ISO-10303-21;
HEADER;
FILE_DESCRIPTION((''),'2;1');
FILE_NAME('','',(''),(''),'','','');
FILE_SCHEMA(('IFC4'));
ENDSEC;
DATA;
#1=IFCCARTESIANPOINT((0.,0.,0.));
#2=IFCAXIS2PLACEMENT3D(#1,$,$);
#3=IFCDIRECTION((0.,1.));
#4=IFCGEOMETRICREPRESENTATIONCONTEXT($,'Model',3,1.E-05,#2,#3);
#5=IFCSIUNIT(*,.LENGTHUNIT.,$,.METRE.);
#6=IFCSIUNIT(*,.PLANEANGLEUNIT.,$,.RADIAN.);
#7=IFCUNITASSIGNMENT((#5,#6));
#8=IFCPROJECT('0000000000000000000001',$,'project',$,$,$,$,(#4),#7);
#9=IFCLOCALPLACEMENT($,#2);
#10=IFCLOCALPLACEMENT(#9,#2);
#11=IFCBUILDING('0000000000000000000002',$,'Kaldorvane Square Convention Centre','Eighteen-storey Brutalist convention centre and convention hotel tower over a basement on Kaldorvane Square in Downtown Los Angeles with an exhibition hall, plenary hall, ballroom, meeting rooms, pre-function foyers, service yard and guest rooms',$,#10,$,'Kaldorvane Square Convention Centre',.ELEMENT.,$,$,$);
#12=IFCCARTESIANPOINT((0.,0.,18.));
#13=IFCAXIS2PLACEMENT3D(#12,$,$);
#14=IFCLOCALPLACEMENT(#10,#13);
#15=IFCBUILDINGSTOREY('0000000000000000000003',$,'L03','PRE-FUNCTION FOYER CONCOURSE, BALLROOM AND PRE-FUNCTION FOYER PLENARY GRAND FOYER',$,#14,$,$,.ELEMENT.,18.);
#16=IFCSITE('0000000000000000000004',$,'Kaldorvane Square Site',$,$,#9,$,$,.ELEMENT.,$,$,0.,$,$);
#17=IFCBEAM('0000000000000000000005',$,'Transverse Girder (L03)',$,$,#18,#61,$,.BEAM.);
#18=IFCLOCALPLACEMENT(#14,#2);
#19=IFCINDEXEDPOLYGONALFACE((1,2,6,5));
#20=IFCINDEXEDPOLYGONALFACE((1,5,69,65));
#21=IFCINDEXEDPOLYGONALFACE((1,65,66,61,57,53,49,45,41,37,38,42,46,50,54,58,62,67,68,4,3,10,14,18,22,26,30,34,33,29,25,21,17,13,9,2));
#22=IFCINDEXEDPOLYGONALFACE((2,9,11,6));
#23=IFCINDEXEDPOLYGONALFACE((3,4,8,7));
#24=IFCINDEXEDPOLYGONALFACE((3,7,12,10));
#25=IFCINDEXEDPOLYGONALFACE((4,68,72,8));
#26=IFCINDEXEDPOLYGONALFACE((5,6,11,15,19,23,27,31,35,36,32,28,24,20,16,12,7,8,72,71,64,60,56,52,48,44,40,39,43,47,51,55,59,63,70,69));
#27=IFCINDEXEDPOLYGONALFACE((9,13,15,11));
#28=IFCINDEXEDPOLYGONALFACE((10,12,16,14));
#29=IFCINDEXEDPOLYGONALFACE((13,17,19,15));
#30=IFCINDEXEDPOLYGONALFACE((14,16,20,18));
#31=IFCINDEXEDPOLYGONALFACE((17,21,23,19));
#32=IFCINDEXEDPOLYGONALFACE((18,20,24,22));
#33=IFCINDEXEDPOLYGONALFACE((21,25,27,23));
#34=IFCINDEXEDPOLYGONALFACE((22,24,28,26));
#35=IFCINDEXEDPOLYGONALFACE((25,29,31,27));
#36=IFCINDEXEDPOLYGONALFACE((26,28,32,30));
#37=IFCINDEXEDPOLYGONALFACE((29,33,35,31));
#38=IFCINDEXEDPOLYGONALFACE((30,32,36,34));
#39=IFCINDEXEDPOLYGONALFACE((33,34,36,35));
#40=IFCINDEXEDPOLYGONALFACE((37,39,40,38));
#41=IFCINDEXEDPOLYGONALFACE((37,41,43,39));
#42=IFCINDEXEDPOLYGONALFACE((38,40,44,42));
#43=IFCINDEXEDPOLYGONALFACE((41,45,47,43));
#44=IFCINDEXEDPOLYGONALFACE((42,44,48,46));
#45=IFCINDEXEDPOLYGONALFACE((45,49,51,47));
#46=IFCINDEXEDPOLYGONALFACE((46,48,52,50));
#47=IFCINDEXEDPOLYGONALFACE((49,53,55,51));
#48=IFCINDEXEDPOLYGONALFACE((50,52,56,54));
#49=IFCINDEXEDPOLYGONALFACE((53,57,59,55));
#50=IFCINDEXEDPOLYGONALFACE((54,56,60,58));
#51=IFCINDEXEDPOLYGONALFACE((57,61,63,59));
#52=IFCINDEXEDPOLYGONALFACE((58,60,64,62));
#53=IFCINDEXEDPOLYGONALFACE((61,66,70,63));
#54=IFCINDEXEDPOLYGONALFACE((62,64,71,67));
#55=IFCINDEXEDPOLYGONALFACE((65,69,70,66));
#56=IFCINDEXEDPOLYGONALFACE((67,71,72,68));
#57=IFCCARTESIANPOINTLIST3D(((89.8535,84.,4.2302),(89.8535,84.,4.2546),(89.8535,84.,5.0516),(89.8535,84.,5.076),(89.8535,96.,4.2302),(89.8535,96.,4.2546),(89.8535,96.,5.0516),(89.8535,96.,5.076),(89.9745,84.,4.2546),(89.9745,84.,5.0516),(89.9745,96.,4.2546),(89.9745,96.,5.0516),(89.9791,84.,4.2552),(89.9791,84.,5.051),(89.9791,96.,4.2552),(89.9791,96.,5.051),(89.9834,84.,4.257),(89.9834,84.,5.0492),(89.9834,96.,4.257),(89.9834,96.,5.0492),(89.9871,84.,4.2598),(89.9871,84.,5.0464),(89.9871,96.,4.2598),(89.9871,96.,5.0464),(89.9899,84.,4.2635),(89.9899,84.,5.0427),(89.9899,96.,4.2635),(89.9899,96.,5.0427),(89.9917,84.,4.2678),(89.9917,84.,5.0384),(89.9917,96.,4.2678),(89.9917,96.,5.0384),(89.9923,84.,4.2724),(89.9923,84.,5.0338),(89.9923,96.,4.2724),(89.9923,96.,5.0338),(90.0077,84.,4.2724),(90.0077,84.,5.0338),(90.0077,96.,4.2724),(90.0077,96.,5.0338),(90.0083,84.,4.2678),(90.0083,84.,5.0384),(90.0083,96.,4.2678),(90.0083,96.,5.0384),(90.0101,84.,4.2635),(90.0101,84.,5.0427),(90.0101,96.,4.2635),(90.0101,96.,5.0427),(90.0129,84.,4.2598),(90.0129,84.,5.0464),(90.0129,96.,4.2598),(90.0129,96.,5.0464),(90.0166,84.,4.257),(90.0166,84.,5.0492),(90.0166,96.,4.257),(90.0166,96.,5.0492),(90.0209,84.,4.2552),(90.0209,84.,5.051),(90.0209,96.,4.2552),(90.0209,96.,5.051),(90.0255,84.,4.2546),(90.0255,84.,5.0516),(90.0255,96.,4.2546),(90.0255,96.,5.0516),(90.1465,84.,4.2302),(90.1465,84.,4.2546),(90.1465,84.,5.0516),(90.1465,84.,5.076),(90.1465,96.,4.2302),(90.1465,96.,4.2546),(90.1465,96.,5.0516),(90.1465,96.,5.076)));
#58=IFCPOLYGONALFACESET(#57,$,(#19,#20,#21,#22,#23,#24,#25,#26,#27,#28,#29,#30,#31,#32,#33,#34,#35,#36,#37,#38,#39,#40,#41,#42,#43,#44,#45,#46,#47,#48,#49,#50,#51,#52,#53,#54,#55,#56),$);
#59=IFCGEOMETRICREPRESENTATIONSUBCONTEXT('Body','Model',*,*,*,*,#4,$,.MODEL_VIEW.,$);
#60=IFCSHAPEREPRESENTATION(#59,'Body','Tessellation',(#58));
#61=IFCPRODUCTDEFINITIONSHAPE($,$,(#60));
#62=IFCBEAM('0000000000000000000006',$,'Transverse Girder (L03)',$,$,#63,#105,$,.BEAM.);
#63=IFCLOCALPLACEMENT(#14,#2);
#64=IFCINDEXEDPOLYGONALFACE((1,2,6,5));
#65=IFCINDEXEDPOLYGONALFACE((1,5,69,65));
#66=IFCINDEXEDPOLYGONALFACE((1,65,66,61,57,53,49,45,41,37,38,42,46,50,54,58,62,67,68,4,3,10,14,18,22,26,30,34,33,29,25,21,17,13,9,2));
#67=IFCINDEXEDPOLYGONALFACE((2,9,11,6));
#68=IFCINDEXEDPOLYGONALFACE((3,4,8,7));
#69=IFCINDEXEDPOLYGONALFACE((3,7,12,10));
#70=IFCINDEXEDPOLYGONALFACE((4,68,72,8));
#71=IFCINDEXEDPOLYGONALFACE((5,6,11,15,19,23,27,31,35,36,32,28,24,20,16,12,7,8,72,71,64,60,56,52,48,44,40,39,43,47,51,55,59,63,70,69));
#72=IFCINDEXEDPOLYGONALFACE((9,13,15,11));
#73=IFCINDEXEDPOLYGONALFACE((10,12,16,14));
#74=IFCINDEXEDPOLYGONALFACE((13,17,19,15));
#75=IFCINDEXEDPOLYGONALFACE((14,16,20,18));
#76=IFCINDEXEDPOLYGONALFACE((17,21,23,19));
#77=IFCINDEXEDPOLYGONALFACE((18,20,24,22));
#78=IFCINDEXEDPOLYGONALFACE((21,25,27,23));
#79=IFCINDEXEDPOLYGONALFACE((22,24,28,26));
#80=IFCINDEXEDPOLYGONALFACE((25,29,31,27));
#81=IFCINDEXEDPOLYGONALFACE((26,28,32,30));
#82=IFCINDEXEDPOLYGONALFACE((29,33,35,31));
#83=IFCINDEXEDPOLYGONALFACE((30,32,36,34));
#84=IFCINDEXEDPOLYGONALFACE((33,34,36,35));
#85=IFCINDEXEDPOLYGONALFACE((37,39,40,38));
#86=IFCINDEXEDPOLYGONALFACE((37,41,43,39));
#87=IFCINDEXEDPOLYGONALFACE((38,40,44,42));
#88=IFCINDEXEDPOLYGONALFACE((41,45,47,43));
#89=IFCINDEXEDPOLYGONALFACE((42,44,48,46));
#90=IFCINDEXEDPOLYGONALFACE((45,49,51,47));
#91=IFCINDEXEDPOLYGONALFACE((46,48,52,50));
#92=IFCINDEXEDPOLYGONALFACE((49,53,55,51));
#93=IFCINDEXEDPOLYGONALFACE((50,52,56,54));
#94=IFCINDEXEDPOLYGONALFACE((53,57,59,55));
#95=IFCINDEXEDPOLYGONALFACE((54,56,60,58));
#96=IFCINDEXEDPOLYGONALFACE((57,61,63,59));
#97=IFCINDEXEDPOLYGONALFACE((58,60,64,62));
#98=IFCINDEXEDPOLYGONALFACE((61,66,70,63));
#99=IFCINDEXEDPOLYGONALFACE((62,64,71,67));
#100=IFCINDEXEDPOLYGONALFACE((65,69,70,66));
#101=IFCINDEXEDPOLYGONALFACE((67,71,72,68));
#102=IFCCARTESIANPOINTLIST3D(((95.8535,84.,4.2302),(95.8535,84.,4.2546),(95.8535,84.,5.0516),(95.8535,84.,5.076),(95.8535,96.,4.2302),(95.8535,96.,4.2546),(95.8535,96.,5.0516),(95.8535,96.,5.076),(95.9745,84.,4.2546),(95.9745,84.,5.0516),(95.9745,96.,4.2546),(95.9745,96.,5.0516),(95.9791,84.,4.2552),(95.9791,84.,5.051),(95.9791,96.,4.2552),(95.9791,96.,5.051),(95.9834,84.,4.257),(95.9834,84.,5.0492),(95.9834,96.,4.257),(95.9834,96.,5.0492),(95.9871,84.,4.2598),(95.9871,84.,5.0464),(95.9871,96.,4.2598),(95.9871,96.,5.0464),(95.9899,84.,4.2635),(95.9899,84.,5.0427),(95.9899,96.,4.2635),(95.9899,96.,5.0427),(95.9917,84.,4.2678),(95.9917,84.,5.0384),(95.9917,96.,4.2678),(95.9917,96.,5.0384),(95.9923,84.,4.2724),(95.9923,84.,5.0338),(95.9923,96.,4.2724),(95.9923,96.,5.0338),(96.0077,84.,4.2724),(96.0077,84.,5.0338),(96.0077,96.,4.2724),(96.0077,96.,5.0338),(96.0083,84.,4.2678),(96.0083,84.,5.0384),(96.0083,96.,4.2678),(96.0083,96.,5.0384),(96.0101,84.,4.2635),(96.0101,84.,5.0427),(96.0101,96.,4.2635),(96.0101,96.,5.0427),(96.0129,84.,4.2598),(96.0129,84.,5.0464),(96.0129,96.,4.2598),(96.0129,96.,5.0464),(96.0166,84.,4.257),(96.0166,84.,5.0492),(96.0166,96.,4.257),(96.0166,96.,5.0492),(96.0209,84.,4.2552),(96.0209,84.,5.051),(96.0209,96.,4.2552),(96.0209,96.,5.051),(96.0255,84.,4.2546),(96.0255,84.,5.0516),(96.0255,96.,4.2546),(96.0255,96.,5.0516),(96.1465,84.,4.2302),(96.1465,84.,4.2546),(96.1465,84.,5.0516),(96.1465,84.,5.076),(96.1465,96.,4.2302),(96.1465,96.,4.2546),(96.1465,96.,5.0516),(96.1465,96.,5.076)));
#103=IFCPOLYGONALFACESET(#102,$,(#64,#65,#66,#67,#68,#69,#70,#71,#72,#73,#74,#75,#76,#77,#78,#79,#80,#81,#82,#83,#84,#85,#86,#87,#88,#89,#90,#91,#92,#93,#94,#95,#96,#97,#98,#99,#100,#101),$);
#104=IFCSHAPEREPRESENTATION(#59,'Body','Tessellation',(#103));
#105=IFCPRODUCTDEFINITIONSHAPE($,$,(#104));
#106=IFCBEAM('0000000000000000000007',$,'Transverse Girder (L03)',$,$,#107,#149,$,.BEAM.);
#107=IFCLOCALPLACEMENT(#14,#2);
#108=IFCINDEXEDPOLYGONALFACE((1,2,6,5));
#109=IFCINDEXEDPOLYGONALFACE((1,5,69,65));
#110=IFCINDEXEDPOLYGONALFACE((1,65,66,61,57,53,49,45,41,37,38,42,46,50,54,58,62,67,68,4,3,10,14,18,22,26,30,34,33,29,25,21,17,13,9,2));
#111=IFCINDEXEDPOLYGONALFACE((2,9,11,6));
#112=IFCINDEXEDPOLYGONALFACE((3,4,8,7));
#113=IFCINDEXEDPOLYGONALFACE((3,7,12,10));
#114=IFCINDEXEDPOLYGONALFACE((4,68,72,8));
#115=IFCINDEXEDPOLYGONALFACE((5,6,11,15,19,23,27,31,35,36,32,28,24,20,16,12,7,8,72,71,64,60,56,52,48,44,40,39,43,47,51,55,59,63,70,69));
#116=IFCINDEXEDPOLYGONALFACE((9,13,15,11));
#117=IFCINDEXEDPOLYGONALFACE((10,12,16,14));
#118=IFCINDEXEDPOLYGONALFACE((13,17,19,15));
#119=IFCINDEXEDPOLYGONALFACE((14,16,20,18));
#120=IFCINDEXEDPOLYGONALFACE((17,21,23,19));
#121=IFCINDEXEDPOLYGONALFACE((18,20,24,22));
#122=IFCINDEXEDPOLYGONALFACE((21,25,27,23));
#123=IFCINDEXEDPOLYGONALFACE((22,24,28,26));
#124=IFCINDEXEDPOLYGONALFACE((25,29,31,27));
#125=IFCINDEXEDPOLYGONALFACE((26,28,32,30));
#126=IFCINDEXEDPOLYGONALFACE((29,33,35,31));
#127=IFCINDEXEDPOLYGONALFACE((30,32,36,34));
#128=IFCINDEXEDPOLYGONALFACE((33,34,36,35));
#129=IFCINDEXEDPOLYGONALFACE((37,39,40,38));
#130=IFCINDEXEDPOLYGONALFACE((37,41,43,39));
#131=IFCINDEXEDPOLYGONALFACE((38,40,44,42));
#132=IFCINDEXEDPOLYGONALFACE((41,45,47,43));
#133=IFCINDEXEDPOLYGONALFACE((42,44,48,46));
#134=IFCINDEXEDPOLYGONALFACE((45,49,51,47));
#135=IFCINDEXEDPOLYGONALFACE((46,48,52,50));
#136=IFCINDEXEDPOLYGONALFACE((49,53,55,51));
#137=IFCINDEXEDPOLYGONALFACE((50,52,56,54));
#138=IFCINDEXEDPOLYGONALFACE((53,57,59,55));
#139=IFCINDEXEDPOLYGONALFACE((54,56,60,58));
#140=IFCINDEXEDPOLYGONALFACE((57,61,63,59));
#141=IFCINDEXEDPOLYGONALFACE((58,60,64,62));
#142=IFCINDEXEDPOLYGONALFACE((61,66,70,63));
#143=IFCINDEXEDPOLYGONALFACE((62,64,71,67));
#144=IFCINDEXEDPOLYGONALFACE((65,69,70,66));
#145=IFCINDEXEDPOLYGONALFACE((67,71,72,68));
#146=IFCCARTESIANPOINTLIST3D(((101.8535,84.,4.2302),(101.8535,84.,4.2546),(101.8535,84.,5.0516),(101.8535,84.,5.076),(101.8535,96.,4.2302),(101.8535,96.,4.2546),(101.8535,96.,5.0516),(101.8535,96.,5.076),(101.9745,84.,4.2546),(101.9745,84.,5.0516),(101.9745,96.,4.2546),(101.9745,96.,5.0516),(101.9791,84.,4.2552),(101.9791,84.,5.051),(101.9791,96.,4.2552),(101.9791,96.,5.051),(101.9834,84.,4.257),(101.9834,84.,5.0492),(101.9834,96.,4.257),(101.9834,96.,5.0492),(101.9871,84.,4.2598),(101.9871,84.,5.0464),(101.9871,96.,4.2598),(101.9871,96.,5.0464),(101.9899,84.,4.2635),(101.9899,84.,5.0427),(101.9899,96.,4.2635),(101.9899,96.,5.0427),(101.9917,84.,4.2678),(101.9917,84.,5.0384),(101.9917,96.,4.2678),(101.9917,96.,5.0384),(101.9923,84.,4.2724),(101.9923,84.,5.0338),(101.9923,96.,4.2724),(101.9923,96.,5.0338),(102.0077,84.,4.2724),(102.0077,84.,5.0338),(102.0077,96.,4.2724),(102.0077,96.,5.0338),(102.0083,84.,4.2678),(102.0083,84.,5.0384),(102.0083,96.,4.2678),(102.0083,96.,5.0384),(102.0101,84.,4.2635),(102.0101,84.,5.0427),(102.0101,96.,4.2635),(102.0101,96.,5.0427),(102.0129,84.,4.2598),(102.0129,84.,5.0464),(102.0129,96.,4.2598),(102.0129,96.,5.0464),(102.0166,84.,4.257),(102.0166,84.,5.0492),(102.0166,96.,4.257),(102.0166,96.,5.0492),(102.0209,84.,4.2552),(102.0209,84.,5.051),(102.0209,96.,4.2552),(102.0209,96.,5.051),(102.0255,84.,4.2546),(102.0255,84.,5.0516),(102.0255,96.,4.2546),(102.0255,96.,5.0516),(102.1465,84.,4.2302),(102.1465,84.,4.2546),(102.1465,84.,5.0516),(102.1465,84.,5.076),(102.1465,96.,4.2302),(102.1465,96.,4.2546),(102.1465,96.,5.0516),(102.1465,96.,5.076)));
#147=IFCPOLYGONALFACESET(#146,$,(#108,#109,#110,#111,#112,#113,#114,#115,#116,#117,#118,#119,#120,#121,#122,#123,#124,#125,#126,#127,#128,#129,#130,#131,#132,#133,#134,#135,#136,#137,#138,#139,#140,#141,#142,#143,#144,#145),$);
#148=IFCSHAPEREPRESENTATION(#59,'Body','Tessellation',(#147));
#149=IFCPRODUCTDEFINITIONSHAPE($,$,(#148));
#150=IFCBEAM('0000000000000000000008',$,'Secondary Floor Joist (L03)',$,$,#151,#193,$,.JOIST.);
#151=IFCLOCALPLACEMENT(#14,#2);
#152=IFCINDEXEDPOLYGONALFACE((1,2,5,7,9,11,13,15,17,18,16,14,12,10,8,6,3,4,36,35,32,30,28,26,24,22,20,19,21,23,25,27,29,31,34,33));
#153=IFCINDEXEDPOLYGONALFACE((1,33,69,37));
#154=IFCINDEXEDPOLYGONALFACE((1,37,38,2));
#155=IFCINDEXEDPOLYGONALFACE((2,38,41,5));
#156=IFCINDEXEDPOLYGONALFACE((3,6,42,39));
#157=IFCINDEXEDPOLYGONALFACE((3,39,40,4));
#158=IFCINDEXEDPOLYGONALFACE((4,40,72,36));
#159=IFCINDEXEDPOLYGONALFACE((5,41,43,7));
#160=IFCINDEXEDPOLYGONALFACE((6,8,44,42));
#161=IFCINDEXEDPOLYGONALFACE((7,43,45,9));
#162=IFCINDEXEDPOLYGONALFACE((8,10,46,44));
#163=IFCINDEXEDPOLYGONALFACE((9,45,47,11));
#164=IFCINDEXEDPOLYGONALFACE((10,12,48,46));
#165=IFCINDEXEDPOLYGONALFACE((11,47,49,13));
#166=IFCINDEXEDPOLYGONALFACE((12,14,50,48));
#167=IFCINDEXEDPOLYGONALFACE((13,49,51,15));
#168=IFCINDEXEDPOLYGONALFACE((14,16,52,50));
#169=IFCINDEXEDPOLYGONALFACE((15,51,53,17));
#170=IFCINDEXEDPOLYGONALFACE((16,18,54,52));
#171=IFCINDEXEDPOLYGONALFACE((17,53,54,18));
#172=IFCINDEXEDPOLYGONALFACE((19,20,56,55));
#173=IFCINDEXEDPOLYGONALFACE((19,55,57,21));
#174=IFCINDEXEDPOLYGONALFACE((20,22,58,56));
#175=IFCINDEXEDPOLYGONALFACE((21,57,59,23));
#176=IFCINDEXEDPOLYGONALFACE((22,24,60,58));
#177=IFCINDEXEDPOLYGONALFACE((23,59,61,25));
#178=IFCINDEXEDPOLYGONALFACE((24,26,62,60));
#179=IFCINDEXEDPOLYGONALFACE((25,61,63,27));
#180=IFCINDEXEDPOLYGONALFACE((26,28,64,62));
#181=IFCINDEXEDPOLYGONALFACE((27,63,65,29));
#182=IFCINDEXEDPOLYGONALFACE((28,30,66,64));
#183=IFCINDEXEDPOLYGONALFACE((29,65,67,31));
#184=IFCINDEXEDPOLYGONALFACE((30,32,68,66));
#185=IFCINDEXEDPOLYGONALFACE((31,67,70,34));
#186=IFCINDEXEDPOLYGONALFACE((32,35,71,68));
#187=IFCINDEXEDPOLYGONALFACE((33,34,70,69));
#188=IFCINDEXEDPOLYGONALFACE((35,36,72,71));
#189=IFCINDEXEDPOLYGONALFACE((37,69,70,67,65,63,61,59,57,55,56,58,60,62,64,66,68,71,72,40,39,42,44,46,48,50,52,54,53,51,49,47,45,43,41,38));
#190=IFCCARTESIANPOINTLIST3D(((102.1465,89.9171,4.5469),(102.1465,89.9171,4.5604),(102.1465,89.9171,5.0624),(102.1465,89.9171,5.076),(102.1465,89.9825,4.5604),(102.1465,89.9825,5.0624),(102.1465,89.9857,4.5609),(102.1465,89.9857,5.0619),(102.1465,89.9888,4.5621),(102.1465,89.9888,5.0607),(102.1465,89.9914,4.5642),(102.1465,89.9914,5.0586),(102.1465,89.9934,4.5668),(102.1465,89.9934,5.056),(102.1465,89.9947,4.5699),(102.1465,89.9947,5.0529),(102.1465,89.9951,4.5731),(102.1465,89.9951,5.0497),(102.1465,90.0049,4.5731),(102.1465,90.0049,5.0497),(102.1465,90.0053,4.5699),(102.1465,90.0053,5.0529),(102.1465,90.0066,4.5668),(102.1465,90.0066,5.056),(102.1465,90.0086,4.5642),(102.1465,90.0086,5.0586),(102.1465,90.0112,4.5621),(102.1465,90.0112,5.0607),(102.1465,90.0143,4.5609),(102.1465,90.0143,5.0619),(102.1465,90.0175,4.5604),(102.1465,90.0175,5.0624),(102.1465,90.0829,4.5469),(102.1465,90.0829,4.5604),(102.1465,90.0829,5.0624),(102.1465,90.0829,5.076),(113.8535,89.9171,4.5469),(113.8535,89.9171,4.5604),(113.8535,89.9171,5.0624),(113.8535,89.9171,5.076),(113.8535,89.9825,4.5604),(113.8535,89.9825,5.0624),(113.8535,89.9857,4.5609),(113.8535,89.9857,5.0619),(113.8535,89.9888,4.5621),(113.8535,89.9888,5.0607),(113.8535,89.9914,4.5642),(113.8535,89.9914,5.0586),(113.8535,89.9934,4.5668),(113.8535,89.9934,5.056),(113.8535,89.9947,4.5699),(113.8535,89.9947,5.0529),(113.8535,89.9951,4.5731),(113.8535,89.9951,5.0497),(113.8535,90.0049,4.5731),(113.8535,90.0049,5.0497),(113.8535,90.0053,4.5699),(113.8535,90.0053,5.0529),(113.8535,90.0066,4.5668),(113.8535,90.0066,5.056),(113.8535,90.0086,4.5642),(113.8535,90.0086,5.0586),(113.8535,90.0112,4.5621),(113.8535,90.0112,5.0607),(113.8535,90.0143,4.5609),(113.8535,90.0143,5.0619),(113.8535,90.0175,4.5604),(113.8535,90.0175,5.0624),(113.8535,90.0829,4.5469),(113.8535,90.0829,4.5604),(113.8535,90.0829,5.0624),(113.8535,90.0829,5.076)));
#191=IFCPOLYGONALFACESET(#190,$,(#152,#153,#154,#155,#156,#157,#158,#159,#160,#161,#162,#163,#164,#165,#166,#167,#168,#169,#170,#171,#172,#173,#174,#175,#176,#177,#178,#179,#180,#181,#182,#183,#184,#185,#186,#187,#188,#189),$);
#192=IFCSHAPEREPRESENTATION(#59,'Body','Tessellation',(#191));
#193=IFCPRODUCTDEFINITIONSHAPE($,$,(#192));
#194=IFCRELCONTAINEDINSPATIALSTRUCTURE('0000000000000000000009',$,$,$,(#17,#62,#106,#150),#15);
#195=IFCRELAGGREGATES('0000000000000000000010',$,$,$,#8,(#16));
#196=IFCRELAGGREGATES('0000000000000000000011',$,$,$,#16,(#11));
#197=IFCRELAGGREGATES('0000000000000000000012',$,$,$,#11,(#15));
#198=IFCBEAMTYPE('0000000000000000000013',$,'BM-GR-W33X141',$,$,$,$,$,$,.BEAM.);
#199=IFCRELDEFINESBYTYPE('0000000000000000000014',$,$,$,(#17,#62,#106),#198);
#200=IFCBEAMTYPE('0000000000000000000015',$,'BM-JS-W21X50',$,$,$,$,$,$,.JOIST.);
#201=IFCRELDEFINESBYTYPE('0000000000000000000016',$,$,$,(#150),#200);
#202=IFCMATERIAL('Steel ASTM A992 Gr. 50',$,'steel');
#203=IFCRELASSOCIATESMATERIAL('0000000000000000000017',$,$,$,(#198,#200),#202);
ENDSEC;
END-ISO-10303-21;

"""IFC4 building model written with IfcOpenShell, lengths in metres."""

from ifc_helpers import new_model, si_unit, direction, frame, origin, origin_2d, place, context, subcontext, project, spatial, i_section, extrude, material, material_profile, profile_set, type_object, element, save


model = new_model("IFC4")

# Units and contexts
model_context = context("Model", 3, precision=1e-05, world=origin(), true_north=direction((0.0, 1.0)))
body_context = subcontext(model_context, "Body", "Model", "MODEL_VIEW")
ifc_project = project(units=[si_unit("LENGTHUNIT", "METRE"), si_unit("PLANEANGLEUNIT", "RADIAN")], contexts=[model_context])

# Site, building, storey
site_placement = place(None, origin())
site = spatial("IfcSite", under=ifc_project, at=site_placement, Name="Kaldorvane Square Site", CompositionType="ELEMENT", RefElevation=0.0)
building_placement = place(site_placement, origin())
building = spatial("IfcBuilding", under=site, at=building_placement, Name="Kaldorvane Square Convention Centre", Description="Eighteen-storey Brutalist convention centre and convention hotel tower over a basement on Kaldorvane Square in Downtown Los Angeles with an exhibition hall, plenary hall, ballroom, meeting rooms, pre-function foyers, service yard and guest rooms", LongName="Kaldorvane Square Convention Centre", CompositionType="ELEMENT")
storey_placement = place(building_placement, frame((0.0, 0.0, 18.0)))
storey = spatial("IfcBuildingStorey", under=building, at=storey_placement, Name="L03", Description="PRE-FUNCTION FOYER CONCOURSE, BALLROOM AND PRE-FUNCTION FOYER PLENARY GRAND FOYER", CompositionType="ELEMENT", Elevation=18.0)

# Shared definitions
ifc_material_1 = material(Name="Steel ASTM A992 Gr. 50", Category="steel")

# Beams
ifc_material_profile_1 = material_profile(ifc_material_1, i_section(OverallWidth=0.293, OverallDepth=0.8458, WebThickness=0.0154, FlangeThickness=0.0244, FilletRadius=0.0178, at=origin_2d()), Name="W33X141")
ifc_profile_set_1 = profile_set([ifc_material_profile_1], Name="Steel ASTM A992 Gr. 50")
beam_type_1 = type_object("IfcBeamType", Name="BM-GR-W33X141", PredefinedType="BEAM", material=ifc_profile_set_1)
for number, where, z_axis, x_axis, name in (
    (1, (90.0, 84.0, 4.6531), (0.0, 1.0, 0.0), (-1.0, 0.0, 0.0), "Transverse Girder (L03)"),
    (2, (96.0, 84.0, 4.6531), (0.0, 1.0, 0.0), (-1.0, 0.0, 0.0), "Transverse Girder (L03)"),
    (3, (102.0, 84.0, 4.6531), (0.0, 1.0, 0.0), (-1.0, 0.0, 0.0), "Transverse Girder (L03)"),
):
    element("IfcBeam", number, at=place(storey_placement, frame(where, z_axis=z_axis, x_axis=x_axis)), inside=storey, type_object=beam_type_1, Name=name, PredefinedType="BEAM", context=body_context, shape_type="SweptSolid", body=[
        extrude(i_section(OverallWidth=0.293, OverallDepth=0.8458, WebThickness=0.0154, FlangeThickness=0.0244, FilletRadius=0.0178, at=origin_2d()), origin(), (0.0, 0.0, 1.0), 12.0),
    ])
ifc_material_profile_2 = material_profile(ifc_material_1, i_section(OverallWidth=0.1659, OverallDepth=0.5291, WebThickness=0.0097, FlangeThickness=0.0136, FilletRadius=0.0127, at=origin_2d()), Name="W21X50")
ifc_profile_set_2 = profile_set([ifc_material_profile_2], Name="Steel ASTM A992 Gr. 50")
beam_type_2 = type_object("IfcBeamType", Name="BM-JS-W21X50", PredefinedType="JOIST", material=ifc_profile_set_2)
beam_placement = place(storey_placement, frame((102.1465, 90.0, 4.8114), z_axis=(1.0, 0.0, 0.0), x_axis=(0.0, 1.0, 0.0)))
element("IfcBeam", 4, at=beam_placement, inside=storey, type_object=beam_type_2, Name="Secondary Floor Joist (L03)", PredefinedType="JOIST", context=body_context, shape_type="SweptSolid", body=[
    extrude(i_section(OverallWidth=0.1659, OverallDepth=0.5291, WebThickness=0.0097, FlangeThickness=0.0136, FilletRadius=0.0127, at=origin_2d()), origin(), (0.0, 0.0, 1.0), 11.707),
])

save(model, "model.ifc")
